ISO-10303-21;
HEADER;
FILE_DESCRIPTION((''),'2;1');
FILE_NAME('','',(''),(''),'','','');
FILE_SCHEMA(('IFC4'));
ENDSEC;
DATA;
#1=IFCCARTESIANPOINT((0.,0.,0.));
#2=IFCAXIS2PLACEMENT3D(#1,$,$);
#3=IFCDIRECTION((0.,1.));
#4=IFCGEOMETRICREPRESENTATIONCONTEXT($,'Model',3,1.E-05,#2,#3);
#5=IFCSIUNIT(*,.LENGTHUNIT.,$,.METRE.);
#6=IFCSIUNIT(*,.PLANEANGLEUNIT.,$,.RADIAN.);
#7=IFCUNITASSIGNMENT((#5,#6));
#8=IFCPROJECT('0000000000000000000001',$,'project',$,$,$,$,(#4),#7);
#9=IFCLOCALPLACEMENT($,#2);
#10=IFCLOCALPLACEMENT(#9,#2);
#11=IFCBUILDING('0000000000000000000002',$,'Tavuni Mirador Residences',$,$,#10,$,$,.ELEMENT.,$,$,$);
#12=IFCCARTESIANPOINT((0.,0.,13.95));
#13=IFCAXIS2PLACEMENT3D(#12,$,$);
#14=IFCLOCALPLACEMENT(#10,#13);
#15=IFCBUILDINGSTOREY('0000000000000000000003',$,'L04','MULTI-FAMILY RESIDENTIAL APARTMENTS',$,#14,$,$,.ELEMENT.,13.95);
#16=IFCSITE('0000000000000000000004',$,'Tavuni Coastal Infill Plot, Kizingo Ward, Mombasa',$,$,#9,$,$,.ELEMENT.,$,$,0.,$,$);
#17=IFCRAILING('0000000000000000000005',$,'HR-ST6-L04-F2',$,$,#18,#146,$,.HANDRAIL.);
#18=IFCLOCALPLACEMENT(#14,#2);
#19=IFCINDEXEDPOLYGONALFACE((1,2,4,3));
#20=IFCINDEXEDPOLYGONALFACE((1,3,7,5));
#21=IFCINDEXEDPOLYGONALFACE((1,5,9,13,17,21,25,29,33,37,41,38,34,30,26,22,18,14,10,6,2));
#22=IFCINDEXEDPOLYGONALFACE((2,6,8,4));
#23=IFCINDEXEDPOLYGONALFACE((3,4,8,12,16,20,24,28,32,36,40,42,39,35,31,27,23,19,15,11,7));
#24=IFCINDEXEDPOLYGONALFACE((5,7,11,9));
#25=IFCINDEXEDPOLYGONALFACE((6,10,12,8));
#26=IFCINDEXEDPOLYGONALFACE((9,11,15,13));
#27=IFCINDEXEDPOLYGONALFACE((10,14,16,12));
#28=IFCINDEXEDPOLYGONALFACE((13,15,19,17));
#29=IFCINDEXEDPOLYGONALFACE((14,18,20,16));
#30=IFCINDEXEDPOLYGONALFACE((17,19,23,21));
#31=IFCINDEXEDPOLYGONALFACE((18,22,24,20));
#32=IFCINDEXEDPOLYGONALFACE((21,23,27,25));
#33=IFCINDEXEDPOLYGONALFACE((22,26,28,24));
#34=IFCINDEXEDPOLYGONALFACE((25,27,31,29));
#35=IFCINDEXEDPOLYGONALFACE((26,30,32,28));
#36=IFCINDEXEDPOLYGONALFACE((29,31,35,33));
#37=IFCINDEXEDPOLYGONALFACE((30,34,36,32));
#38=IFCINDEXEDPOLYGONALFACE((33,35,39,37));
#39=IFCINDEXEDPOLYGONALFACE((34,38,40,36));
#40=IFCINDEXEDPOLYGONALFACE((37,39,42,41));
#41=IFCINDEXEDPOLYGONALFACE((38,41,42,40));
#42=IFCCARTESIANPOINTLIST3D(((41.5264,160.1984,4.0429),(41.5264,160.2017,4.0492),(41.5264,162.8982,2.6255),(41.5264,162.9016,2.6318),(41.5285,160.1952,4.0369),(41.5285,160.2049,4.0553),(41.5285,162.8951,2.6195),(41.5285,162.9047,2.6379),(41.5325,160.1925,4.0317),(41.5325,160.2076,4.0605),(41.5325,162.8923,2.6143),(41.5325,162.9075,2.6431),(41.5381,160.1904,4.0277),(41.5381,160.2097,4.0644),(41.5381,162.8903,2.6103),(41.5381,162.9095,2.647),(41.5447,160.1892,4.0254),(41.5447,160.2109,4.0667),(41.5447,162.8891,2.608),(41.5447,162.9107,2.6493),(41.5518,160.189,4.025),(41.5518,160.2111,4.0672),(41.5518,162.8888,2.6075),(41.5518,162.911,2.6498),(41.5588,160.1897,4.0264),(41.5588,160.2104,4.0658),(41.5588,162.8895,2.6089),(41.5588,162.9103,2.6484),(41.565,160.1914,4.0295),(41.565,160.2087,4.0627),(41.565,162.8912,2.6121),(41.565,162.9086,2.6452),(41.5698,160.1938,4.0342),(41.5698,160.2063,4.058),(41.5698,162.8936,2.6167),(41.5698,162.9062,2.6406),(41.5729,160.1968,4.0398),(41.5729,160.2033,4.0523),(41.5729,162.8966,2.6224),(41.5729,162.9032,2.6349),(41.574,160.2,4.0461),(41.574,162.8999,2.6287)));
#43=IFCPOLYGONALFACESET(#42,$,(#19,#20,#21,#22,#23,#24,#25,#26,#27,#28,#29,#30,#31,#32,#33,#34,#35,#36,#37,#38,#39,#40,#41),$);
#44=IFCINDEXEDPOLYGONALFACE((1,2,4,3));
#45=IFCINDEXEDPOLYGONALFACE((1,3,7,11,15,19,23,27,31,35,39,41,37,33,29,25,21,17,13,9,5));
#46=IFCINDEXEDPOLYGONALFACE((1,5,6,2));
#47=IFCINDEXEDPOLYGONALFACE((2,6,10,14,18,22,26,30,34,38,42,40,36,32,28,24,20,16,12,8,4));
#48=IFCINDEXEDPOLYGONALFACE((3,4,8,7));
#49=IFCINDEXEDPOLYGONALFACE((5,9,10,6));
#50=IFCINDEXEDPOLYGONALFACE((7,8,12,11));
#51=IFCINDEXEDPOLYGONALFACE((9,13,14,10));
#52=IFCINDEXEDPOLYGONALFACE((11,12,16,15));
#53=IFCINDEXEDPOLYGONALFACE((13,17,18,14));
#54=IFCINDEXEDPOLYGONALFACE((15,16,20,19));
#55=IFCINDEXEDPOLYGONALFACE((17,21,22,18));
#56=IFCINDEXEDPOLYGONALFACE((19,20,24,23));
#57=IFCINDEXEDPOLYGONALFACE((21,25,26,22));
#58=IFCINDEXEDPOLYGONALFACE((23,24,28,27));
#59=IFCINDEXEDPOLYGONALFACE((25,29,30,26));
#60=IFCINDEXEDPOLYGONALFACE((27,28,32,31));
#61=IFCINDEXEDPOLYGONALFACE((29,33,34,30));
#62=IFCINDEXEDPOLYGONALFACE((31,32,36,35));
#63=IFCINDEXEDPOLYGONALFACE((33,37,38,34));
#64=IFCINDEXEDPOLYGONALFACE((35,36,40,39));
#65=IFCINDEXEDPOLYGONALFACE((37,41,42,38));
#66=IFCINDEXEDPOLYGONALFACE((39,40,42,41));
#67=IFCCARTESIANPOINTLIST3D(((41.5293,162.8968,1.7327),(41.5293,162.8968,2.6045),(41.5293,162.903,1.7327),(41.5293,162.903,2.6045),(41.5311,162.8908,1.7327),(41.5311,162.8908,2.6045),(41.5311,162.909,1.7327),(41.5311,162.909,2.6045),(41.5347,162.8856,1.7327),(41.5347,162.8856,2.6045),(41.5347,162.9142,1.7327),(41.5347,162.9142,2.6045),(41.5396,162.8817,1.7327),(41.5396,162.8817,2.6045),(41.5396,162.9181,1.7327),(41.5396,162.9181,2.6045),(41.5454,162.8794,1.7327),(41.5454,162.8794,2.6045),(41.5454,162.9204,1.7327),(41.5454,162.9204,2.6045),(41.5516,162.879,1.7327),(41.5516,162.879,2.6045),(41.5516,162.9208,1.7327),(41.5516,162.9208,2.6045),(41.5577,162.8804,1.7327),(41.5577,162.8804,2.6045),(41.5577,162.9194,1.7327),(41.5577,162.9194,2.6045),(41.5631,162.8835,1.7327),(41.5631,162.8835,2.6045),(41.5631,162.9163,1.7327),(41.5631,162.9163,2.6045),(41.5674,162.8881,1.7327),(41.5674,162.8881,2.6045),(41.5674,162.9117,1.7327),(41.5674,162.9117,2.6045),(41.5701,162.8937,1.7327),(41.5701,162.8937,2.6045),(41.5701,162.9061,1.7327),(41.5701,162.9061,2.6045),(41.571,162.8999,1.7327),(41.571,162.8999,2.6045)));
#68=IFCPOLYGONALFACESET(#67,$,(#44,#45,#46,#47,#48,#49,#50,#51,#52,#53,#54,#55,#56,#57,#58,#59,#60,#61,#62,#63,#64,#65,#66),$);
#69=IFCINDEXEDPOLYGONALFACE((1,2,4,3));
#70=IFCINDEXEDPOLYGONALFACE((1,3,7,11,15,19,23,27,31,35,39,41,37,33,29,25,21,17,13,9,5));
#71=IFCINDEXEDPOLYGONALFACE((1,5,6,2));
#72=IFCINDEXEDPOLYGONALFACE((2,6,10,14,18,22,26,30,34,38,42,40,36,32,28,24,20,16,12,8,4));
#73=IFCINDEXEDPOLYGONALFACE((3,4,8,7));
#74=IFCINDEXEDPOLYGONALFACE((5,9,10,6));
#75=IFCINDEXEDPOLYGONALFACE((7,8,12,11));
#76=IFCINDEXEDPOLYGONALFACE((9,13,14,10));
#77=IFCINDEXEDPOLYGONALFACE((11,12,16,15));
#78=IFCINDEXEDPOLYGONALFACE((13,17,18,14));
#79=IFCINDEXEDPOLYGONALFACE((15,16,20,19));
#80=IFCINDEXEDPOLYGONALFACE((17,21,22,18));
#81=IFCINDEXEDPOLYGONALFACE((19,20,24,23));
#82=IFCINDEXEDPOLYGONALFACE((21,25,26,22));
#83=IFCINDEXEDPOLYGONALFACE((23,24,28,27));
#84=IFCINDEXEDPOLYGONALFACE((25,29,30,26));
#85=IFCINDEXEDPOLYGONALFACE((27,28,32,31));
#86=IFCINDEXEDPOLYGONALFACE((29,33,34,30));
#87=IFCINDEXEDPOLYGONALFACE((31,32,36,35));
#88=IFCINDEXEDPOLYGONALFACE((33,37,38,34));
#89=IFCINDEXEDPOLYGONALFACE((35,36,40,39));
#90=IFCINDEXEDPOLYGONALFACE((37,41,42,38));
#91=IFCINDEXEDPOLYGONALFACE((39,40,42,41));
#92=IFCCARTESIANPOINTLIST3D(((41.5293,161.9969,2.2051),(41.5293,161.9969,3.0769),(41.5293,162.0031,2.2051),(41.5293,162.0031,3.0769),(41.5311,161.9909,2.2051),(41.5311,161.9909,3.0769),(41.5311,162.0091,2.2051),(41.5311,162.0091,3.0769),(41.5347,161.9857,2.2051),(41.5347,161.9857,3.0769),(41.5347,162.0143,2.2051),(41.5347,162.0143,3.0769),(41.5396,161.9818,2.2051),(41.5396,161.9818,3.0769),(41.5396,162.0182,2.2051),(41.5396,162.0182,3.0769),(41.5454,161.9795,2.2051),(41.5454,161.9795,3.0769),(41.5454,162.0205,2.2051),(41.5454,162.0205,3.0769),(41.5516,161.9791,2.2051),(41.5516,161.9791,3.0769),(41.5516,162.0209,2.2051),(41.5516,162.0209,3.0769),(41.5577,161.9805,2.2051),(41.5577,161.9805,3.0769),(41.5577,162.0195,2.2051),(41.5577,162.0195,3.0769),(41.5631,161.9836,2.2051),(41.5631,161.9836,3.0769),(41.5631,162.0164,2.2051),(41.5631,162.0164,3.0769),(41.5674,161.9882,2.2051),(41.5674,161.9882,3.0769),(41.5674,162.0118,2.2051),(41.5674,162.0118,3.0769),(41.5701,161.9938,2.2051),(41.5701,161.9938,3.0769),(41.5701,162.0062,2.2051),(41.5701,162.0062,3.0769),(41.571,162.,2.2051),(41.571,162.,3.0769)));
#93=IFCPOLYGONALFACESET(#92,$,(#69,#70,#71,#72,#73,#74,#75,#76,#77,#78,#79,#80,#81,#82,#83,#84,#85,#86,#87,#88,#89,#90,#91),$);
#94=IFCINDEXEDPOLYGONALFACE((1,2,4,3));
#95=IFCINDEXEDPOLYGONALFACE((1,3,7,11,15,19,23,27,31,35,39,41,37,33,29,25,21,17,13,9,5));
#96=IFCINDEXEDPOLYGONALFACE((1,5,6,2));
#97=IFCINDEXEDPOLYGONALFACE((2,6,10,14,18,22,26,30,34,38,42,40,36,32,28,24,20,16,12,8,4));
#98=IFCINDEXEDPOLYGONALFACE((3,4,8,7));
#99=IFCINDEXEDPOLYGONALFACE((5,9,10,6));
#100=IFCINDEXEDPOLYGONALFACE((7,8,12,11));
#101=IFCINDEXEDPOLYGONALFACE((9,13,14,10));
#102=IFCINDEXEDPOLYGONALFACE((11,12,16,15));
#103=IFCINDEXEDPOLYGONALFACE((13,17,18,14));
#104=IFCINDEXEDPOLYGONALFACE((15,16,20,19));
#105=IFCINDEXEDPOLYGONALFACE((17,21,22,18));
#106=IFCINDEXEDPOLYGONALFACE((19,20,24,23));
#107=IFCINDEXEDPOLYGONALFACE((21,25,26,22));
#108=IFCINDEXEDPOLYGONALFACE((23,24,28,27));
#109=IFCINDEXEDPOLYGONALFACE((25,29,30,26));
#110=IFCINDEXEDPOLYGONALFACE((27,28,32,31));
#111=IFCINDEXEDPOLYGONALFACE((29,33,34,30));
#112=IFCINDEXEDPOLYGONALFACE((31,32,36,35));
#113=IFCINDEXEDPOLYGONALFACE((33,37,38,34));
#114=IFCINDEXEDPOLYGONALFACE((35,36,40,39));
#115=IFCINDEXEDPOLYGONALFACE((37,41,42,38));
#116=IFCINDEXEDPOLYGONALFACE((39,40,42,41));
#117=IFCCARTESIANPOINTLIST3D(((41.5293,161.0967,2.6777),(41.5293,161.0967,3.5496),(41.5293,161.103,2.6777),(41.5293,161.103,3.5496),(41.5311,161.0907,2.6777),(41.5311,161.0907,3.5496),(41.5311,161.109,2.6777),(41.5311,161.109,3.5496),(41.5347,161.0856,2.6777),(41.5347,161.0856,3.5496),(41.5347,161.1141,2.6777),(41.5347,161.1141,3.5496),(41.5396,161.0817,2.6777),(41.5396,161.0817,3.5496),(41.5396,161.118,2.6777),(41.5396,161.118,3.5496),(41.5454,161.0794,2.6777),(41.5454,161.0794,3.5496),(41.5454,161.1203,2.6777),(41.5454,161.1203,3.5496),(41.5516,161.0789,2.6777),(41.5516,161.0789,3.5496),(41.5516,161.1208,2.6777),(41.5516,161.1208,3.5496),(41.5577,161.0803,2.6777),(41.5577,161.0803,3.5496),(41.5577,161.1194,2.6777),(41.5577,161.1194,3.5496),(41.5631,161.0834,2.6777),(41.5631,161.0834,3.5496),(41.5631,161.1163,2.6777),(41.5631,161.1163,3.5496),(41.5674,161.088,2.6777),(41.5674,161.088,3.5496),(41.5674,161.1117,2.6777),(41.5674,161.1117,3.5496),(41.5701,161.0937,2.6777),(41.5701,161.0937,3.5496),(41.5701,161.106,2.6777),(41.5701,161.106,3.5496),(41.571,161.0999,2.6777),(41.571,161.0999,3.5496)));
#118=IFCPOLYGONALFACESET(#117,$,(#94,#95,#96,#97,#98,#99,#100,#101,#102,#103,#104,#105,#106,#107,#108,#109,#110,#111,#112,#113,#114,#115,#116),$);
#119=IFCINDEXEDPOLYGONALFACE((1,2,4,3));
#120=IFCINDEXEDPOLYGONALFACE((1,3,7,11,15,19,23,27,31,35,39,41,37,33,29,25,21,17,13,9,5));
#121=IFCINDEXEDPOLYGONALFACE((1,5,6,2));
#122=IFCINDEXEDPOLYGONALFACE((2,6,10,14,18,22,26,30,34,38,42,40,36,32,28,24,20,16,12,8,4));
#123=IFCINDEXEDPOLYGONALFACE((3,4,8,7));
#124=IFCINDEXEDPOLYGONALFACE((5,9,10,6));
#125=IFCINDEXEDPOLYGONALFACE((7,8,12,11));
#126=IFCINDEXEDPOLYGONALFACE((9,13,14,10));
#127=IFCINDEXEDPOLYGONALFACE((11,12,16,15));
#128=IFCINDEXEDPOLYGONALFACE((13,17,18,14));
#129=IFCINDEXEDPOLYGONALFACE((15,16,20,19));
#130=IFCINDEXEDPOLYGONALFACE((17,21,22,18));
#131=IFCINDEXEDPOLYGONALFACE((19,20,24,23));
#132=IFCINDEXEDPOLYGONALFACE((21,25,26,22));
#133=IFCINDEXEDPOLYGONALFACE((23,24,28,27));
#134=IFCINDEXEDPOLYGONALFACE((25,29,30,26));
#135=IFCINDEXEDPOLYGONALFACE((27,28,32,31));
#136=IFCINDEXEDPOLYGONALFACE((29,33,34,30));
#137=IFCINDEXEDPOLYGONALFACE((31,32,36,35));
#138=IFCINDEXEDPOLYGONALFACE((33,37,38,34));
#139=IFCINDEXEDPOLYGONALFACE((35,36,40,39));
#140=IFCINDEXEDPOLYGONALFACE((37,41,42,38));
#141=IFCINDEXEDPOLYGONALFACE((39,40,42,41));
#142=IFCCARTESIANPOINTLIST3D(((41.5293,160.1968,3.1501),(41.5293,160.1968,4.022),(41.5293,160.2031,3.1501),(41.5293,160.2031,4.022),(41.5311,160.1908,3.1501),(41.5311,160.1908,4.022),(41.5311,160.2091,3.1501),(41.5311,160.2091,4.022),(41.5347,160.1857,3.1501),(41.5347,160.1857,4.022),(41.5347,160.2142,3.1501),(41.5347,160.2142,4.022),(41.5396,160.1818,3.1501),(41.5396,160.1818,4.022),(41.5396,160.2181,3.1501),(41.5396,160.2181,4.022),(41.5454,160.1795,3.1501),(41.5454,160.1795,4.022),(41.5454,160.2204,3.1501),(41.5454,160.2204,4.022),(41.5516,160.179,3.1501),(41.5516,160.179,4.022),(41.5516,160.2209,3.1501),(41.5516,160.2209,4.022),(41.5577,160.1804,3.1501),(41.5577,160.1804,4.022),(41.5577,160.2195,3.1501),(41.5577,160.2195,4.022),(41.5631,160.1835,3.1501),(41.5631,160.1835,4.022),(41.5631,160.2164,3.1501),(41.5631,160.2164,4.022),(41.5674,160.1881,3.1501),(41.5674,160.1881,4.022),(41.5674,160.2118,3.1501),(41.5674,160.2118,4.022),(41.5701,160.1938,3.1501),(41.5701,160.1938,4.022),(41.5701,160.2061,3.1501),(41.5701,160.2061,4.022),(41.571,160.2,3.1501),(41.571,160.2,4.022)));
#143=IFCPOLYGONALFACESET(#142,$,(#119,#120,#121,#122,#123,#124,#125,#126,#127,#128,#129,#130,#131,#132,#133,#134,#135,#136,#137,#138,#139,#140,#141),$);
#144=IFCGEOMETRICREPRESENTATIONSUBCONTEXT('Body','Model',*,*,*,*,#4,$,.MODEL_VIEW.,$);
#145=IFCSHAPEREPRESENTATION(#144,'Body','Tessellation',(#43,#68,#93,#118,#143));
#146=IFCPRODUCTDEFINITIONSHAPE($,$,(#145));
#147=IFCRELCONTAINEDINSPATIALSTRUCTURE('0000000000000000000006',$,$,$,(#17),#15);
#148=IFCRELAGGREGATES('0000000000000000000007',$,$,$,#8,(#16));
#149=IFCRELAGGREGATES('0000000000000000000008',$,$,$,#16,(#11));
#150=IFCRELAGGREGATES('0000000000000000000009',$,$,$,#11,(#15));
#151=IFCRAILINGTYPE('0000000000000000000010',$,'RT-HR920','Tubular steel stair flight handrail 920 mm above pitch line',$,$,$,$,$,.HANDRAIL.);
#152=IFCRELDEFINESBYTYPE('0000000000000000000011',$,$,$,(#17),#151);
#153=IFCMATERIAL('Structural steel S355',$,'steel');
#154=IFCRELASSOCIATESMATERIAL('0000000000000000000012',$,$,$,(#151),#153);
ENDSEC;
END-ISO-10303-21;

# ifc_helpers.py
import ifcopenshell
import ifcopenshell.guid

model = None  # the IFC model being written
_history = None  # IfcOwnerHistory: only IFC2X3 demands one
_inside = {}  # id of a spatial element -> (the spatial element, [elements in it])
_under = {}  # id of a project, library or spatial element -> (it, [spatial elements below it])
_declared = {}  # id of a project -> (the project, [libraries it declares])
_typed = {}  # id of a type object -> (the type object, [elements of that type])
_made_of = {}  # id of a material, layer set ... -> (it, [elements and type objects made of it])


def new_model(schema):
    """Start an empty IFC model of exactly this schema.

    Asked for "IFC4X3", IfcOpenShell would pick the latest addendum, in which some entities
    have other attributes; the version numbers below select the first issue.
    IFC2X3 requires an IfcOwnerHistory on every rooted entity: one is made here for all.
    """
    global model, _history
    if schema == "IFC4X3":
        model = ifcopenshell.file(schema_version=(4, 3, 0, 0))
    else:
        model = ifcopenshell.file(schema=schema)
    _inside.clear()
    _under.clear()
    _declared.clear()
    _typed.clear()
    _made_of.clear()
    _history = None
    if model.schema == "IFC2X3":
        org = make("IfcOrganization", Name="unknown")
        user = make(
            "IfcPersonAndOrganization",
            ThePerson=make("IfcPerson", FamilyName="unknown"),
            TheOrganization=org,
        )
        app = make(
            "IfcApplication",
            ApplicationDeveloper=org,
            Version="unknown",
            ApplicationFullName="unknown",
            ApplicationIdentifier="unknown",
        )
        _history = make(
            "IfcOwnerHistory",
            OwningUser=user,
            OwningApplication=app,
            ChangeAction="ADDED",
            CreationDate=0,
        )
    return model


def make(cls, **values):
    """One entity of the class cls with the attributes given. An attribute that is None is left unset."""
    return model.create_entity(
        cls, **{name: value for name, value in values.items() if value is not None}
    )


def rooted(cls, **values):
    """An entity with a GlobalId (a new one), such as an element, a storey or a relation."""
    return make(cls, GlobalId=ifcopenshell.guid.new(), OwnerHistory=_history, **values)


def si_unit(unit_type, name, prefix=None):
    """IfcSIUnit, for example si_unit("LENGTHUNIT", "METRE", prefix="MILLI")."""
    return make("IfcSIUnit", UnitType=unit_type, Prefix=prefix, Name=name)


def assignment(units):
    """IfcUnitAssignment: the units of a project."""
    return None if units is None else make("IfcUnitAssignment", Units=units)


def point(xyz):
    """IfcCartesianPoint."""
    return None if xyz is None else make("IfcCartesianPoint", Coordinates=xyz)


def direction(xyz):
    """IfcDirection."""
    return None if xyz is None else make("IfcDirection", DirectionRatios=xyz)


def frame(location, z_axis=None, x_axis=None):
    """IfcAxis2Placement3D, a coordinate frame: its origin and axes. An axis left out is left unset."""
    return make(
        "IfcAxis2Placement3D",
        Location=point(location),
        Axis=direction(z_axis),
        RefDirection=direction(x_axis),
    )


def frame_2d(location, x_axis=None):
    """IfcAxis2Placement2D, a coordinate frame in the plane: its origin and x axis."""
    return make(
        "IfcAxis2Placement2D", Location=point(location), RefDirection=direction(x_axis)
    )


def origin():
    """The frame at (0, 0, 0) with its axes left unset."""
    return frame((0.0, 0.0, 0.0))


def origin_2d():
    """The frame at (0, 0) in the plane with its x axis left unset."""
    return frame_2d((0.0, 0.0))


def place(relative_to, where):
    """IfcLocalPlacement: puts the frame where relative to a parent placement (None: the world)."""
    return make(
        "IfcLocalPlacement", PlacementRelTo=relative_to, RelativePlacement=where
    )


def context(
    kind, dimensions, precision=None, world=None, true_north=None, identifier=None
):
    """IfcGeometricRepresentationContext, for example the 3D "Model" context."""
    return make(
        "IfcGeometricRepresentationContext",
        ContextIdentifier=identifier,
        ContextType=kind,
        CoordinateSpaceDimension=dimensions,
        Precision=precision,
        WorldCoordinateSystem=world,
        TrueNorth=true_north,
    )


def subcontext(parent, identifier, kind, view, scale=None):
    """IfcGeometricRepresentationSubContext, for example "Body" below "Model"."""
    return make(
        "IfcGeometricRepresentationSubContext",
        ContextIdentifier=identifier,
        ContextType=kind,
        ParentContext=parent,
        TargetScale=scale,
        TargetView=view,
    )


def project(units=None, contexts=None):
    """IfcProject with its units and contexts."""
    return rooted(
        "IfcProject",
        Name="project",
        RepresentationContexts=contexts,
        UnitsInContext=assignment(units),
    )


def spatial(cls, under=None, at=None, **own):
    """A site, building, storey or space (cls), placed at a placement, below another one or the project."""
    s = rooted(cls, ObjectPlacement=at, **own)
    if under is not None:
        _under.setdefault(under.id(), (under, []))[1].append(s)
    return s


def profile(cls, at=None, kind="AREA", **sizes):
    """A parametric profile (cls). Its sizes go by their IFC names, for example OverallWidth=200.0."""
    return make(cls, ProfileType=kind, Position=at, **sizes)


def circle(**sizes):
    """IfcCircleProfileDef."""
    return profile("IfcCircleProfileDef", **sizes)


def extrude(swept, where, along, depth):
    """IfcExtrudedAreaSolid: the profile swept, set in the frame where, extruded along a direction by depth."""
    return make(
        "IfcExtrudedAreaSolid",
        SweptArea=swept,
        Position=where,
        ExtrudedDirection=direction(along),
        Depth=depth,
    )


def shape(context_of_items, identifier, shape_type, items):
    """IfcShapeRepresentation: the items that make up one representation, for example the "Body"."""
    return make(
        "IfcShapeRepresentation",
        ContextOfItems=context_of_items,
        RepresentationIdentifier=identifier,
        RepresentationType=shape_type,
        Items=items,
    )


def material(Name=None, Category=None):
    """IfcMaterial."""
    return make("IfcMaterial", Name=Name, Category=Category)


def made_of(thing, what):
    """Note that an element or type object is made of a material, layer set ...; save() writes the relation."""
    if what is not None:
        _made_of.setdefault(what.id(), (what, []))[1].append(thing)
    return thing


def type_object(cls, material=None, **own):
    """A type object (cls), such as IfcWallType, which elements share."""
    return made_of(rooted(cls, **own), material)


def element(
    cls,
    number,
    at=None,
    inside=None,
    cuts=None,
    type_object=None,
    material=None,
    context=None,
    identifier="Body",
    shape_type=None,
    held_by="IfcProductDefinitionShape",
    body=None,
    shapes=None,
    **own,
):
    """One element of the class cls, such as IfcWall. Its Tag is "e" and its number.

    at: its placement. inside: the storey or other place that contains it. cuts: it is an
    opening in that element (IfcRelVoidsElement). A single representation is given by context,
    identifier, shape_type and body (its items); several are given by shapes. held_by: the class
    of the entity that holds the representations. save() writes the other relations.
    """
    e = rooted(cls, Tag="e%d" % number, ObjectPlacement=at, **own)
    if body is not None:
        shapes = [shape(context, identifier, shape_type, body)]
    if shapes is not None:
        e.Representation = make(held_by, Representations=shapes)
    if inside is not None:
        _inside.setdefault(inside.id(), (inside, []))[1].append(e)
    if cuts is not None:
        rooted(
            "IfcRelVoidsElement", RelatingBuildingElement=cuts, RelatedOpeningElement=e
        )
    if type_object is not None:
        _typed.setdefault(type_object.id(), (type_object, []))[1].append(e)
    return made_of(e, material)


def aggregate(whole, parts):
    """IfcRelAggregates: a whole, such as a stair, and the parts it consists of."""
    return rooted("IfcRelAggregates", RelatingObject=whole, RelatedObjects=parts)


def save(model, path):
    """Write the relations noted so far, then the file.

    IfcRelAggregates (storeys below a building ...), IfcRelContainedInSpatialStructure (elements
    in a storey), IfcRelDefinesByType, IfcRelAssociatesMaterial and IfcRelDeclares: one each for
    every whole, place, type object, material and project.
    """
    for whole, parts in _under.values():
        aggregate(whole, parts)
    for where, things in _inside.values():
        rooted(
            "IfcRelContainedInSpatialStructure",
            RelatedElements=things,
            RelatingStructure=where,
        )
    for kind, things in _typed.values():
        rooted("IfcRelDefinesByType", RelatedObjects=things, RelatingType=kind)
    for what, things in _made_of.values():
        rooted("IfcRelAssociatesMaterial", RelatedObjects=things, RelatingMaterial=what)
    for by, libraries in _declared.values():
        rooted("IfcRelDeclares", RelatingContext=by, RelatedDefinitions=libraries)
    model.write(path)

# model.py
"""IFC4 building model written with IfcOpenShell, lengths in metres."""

from ifc_helpers import new_model, si_unit, direction, frame, origin, origin_2d, place, context, subcontext, project, spatial, circle, extrude, material, type_object, element, save


model = new_model("IFC4")

# Units and contexts
model_context = context("Model", 3, precision=1e-05, world=origin(), true_north=direction((0.0, 1.0)))
body_context = subcontext(model_context, "Body", "Model", "MODEL_VIEW")
ifc_project = project(units=[si_unit("LENGTHUNIT", "METRE"), si_unit("PLANEANGLEUNIT", "RADIAN")], contexts=[model_context])

# Site, building, storey
site_placement = place(None, origin())
site = spatial("IfcSite", under=ifc_project, at=site_placement, Name="Tavuni Coastal Infill Plot, Kizingo Ward, Mombasa", CompositionType="ELEMENT", RefElevation=0.0)
building_placement = place(site_placement, origin())
building = spatial("IfcBuilding", under=site, at=building_placement, Name="Tavuni Mirador Residences", CompositionType="ELEMENT")
storey_placement = place(building_placement, frame((0.0, 0.0, 13.95)))
storey = spatial("IfcBuildingStorey", under=building, at=storey_placement, Name="L04", Description="MULTI-FAMILY RESIDENTIAL APARTMENTS", CompositionType="ELEMENT", Elevation=13.95)

# Shared definitions
ifc_material_1 = material(Name="Structural steel S355", Category="steel")

# Railing
railing_type_1 = type_object("IfcRailingType", Name="RT-HR920", Description="Tubular steel stair flight handrail 920 mm above pitch line", PredefinedType="HANDRAIL", material=ifc_material_1)
railing_1_placement = place(storey_placement, frame((41.55, 162.8999, 1.7327)))
element("IfcRailing", 1, at=railing_1_placement, inside=storey, type_object=railing_type_1, Name="HR-ST6-L04-F2", PredefinedType="HANDRAIL", context=body_context, shape_type="SweptSolid", body=[
    extrude(circle(Radius=0.0239, at=origin_2d()), frame((0.0, 0.0, 0.896), z_axis=(0.0, -0.885397, 0.464835), x_axis=(1.0, 0.0, 0.0)), (0.0, 0.0, 1.0), 3.0493),
    extrude(circle(Radius=0.021, at=origin_2d()), origin(), (0.0, 0.0, 1.0), 0.8718),
    extrude(circle(Radius=0.021, at=origin_2d()), frame((0.0, -0.8999, 0.4724)), (0.0, 0.0, 1.0), 0.8718),
    extrude(circle(Radius=0.021, at=origin_2d()), frame((0.0, -1.8, 0.9451)), (0.0, 0.0, 1.0), 0.8718),
    extrude(circle(Radius=0.021, at=origin_2d()), frame((0.0, -2.7, 1.4175)), (0.0, 0.0, 1.0), 0.8718),
])

save(model, "model.ifc")
